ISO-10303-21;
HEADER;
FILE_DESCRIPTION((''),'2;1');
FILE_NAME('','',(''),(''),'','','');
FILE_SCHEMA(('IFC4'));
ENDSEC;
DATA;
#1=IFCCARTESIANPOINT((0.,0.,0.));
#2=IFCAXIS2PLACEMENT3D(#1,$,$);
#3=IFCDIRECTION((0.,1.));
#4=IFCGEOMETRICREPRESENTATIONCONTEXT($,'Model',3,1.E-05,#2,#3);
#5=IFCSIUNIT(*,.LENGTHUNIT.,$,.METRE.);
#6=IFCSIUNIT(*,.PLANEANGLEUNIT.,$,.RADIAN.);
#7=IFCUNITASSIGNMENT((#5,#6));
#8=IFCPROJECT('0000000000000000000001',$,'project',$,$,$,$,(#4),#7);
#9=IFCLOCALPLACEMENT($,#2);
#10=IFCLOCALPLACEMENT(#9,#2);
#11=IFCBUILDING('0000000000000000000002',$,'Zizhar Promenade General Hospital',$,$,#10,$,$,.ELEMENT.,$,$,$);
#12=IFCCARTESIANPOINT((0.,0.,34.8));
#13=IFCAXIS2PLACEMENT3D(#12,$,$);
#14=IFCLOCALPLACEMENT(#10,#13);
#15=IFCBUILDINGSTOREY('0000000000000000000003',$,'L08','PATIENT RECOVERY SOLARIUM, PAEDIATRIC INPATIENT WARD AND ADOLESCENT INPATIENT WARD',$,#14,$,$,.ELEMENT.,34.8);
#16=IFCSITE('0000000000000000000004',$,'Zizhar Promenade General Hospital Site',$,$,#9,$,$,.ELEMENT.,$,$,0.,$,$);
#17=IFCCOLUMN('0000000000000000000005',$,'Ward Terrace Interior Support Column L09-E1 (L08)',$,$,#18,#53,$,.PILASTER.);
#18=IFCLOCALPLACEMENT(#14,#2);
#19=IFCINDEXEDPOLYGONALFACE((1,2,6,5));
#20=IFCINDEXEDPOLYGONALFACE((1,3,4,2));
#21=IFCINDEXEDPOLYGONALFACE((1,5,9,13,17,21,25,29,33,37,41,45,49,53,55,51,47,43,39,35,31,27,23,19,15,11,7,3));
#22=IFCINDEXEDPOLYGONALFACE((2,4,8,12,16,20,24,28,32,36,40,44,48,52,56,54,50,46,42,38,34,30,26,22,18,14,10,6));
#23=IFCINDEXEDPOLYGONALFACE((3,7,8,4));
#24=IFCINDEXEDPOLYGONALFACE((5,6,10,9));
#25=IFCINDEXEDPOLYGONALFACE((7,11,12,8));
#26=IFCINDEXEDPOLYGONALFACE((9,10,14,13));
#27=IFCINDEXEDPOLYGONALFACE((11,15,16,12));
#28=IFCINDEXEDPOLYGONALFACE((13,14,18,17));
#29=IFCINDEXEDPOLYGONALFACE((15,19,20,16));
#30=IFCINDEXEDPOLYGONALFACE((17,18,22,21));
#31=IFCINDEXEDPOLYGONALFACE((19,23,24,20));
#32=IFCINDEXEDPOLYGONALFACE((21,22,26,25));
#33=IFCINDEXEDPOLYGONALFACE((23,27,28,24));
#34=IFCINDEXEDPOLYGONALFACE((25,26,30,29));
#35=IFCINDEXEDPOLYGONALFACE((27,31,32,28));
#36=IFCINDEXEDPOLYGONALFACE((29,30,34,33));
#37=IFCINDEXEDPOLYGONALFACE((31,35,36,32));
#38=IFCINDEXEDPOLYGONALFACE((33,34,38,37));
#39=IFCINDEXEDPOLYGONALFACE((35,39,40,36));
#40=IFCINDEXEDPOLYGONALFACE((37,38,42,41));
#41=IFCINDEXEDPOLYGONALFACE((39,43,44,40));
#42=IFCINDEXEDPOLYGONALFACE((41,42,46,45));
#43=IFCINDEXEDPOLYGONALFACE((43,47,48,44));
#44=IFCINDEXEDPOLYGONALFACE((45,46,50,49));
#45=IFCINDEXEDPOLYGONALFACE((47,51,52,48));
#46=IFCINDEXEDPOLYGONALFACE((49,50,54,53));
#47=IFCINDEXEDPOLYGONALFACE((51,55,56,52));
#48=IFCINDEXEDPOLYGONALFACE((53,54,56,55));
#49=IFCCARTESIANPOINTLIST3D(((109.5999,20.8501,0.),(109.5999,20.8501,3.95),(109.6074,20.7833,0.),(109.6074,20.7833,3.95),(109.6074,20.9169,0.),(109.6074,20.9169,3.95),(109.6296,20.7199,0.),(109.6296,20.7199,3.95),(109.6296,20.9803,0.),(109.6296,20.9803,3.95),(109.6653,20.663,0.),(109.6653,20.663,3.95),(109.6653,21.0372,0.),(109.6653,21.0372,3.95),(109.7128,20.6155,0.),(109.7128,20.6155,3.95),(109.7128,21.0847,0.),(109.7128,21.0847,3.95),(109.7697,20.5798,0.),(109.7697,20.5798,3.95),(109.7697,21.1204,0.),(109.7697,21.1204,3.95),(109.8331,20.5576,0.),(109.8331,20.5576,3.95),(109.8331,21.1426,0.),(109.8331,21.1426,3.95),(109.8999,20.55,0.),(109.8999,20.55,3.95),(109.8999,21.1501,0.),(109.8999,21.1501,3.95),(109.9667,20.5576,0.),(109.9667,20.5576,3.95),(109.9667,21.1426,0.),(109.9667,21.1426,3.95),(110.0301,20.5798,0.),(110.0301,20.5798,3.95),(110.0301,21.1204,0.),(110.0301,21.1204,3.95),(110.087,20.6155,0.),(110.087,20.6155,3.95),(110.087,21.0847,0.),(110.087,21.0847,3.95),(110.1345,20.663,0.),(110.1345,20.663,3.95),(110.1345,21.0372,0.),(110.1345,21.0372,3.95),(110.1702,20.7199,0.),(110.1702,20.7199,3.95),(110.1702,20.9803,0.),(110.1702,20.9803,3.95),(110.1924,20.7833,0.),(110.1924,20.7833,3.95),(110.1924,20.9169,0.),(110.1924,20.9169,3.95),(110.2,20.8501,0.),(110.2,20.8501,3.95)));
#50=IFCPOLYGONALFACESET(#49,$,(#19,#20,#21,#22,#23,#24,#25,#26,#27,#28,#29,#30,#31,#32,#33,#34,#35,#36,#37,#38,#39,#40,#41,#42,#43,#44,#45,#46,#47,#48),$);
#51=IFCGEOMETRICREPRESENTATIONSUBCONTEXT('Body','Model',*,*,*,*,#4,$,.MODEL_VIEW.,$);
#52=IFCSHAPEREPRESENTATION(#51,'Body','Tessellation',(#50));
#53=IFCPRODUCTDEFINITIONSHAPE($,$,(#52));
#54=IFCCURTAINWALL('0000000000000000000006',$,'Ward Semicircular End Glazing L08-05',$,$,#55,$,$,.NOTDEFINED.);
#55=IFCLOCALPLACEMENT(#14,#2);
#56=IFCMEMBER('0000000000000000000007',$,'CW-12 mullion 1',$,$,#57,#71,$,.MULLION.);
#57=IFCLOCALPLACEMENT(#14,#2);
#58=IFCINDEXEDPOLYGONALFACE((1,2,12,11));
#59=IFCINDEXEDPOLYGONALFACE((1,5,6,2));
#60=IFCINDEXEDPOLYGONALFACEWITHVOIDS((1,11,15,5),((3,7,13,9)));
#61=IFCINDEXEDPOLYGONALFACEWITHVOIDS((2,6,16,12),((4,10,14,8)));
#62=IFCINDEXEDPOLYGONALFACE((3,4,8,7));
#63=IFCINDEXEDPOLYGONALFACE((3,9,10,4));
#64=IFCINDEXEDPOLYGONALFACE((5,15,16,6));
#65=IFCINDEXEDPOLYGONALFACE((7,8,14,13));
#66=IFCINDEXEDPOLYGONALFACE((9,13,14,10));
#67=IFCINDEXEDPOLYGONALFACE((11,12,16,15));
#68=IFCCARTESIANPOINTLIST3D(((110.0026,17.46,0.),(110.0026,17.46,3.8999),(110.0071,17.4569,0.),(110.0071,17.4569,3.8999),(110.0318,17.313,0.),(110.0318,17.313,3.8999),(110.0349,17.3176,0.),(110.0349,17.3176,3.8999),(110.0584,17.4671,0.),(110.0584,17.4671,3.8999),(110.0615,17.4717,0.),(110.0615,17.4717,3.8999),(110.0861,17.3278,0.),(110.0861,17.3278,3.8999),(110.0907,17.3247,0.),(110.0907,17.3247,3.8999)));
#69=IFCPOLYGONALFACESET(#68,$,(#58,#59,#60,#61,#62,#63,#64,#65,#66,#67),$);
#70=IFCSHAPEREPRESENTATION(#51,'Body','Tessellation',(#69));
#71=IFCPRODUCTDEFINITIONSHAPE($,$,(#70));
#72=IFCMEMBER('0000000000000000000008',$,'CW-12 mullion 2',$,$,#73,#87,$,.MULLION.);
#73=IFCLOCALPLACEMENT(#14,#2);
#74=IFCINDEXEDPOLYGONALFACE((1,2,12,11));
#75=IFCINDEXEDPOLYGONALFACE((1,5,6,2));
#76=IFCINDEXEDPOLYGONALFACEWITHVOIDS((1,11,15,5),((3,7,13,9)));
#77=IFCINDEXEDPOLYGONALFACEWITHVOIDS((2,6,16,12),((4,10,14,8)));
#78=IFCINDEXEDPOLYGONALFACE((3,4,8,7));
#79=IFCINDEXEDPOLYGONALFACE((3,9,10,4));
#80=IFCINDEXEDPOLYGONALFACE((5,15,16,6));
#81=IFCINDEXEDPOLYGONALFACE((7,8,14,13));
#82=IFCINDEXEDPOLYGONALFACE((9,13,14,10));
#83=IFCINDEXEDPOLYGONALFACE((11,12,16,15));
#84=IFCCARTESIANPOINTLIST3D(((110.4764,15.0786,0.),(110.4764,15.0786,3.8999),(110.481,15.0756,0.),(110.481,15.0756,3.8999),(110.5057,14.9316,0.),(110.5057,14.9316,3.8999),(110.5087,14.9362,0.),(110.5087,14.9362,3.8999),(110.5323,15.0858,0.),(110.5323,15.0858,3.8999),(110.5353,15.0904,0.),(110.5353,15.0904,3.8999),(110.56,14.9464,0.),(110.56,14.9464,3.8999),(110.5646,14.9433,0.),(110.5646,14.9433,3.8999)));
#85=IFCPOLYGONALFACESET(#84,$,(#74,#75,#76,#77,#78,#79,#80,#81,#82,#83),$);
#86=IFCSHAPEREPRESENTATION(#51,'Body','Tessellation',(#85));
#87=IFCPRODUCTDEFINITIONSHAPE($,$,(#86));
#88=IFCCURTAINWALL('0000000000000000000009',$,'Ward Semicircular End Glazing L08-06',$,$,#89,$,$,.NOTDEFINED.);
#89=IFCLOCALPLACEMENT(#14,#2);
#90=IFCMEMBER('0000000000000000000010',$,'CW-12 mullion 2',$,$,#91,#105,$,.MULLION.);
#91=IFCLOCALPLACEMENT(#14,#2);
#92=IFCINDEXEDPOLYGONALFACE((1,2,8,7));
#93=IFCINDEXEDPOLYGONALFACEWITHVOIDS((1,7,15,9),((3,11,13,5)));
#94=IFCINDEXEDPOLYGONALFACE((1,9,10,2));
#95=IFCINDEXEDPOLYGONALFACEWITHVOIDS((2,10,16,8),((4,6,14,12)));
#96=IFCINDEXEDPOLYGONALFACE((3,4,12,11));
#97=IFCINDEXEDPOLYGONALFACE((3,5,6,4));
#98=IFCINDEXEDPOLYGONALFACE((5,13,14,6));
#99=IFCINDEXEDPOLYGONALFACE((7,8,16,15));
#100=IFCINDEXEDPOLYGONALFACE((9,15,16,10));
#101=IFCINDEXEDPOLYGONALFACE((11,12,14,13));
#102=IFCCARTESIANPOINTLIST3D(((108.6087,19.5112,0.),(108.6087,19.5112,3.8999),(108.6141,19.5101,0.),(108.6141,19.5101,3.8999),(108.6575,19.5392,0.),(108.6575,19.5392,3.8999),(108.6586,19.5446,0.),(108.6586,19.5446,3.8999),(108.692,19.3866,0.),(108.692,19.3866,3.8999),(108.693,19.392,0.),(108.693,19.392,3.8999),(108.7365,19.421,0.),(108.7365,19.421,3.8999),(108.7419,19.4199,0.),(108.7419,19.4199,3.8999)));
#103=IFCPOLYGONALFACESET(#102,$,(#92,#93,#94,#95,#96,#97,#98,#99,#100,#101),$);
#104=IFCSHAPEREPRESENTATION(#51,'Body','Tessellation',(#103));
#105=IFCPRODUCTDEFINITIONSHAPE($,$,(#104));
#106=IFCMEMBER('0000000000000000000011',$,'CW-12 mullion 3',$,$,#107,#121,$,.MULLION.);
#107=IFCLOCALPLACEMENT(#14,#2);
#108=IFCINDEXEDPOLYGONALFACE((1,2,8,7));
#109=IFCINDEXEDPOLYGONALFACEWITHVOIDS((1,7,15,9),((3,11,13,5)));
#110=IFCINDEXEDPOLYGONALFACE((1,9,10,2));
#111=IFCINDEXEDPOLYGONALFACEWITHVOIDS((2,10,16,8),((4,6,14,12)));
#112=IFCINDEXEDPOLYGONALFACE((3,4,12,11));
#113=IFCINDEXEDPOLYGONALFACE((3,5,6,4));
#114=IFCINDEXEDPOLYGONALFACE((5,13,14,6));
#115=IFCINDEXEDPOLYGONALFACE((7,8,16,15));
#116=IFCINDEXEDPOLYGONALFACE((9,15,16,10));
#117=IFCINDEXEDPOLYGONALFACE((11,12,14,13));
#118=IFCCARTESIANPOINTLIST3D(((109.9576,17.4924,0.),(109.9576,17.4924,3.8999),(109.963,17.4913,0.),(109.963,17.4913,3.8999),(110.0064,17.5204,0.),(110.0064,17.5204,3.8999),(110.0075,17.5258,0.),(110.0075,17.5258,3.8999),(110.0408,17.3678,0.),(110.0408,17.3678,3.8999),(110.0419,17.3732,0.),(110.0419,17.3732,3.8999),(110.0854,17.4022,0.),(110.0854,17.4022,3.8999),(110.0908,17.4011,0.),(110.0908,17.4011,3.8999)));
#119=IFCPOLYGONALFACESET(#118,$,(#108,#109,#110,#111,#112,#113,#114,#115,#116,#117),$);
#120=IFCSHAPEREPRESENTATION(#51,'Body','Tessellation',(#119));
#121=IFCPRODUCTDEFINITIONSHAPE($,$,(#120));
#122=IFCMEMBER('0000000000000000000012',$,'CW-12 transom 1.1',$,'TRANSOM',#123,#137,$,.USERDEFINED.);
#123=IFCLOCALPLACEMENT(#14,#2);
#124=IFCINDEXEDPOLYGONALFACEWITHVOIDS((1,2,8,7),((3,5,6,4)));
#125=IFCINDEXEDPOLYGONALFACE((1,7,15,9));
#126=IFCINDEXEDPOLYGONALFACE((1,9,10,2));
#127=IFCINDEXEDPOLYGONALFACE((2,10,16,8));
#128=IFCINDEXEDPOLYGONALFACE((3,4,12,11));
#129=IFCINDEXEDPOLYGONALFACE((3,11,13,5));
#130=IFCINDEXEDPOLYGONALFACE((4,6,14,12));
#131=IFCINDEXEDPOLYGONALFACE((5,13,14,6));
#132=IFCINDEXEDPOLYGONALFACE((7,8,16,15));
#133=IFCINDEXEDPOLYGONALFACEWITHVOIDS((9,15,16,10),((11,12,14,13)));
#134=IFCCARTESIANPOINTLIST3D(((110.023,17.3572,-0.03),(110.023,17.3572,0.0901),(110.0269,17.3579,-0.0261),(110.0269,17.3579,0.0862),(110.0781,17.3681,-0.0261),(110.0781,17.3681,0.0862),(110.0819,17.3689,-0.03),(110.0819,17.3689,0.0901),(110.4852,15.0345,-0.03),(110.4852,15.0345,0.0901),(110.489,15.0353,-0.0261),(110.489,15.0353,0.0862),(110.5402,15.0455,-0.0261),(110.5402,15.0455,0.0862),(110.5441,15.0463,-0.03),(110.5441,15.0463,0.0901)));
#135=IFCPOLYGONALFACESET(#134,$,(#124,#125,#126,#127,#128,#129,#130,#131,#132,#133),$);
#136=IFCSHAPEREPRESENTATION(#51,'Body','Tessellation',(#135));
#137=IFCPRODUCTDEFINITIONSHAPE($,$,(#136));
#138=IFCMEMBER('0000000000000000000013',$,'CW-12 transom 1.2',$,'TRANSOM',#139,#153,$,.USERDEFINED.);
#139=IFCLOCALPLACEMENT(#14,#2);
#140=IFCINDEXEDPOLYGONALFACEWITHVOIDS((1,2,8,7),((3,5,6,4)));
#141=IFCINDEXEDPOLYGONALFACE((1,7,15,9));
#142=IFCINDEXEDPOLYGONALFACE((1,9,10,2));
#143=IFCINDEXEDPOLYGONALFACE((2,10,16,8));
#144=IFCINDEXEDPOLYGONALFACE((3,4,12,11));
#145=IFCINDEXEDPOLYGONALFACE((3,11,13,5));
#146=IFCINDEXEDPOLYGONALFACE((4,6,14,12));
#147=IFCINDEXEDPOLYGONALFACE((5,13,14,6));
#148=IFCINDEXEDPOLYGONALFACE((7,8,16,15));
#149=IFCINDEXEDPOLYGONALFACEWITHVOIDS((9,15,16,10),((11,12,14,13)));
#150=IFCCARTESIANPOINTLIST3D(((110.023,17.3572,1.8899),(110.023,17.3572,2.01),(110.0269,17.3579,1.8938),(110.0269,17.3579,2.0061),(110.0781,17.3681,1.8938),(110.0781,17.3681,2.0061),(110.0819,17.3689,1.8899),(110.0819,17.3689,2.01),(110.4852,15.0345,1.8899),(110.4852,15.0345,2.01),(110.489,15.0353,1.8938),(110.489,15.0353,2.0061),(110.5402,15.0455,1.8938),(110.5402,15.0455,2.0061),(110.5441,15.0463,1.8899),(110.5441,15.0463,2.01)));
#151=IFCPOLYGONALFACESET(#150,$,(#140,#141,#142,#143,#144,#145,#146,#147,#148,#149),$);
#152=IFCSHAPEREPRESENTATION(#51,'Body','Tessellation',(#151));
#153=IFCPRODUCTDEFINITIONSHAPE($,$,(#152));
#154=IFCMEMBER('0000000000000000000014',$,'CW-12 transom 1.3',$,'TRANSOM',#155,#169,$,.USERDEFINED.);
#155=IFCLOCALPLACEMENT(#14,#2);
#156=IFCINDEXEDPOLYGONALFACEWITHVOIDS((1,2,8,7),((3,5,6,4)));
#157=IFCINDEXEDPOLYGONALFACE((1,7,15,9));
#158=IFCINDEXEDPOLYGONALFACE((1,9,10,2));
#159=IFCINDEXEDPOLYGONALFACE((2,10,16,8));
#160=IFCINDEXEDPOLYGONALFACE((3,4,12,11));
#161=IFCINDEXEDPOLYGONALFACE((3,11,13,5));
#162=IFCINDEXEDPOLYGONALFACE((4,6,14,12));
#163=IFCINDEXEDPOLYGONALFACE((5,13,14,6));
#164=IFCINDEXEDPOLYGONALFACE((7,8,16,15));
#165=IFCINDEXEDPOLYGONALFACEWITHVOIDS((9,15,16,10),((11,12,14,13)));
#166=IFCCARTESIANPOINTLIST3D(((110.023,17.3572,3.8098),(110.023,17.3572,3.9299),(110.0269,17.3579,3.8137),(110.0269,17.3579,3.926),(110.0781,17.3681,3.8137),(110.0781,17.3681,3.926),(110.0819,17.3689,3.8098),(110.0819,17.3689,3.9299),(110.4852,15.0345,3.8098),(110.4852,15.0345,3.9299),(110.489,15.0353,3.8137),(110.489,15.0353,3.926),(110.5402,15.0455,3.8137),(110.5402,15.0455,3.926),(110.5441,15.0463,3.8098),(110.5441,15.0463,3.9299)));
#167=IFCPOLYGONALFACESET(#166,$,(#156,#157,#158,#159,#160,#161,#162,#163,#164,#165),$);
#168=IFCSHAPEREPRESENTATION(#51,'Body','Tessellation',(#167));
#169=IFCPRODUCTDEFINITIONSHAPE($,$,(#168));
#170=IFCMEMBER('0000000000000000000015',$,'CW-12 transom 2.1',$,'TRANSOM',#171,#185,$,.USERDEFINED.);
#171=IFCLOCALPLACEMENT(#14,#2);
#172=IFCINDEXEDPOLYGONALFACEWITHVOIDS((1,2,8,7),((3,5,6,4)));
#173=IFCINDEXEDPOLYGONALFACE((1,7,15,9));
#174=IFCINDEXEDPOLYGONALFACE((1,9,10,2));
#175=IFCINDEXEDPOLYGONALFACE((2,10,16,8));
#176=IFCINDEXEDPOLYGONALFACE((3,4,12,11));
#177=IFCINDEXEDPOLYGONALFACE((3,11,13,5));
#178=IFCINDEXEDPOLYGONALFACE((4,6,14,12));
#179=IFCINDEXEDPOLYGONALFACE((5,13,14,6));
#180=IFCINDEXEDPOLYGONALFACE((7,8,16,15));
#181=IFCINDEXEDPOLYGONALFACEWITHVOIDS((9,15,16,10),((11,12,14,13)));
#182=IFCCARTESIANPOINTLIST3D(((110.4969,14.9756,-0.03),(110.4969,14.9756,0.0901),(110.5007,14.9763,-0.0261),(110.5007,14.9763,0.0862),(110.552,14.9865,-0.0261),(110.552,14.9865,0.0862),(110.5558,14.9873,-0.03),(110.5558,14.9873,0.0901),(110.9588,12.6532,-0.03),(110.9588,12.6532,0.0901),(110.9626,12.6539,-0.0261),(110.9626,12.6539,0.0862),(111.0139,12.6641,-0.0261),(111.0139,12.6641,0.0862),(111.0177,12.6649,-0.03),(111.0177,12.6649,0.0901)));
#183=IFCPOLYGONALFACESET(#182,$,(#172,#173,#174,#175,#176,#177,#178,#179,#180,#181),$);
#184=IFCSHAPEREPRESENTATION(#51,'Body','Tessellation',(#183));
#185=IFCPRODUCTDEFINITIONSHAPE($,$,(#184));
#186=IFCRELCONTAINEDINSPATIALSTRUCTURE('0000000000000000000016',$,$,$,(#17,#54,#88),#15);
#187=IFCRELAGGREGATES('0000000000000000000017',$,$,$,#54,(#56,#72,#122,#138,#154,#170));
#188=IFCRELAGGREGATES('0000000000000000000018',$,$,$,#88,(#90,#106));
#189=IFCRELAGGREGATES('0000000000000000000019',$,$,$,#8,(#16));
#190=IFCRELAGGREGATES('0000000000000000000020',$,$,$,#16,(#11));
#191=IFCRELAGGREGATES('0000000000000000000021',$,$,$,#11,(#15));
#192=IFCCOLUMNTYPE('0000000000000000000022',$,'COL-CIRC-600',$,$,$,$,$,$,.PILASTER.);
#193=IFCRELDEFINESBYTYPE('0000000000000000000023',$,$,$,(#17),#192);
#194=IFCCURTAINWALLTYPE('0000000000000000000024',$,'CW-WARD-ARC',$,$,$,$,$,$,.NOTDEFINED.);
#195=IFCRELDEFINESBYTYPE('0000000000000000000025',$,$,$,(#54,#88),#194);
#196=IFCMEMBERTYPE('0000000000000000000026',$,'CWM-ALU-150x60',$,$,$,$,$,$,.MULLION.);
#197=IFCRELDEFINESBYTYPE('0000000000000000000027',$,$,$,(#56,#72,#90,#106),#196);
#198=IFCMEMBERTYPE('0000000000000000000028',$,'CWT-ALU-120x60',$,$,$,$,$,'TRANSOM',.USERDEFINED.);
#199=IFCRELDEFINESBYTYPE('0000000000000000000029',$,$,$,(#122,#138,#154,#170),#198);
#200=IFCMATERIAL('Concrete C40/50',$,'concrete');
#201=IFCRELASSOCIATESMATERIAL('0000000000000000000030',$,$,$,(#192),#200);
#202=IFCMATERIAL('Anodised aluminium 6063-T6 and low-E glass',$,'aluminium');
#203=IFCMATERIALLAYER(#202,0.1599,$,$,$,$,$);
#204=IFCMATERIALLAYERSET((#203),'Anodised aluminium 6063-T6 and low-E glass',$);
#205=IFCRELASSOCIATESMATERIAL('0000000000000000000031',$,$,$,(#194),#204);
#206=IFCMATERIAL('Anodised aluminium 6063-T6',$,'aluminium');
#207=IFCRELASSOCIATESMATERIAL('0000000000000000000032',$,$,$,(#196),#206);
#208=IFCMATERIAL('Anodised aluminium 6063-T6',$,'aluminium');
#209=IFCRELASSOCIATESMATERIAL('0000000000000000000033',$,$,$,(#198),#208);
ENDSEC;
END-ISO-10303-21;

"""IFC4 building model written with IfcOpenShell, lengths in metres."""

from ifc_helpers import new_model, si_unit, direction, frame, origin, origin_2d, place, context, subcontext, project, spatial, hollow_rectangle, circle, extrude, material, layer, layer_set, material_profile, profile_set, type_object, element, aggregate, save


model = new_model("IFC4")

# Units and contexts
model_context = context("Model", 3, precision=1e-05, world=origin(), true_north=direction((0.0, 1.0)))
body_context = subcontext(model_context, "Body", "Model", "MODEL_VIEW")
ifc_project = project(units=[si_unit("LENGTHUNIT", "METRE"), si_unit("PLANEANGLEUNIT", "RADIAN")], contexts=[model_context])

# Site, building, storey
site_placement = place(None, origin())
site = spatial("IfcSite", under=ifc_project, at=site_placement, Name="Zizhar Promenade General Hospital Site", CompositionType="ELEMENT", RefElevation=0.0)
building_placement = place(site_placement, origin())
building = spatial("IfcBuilding", under=site, at=building_placement, Name="Zizhar Promenade General Hospital", CompositionType="ELEMENT")
storey_placement = place(building_placement, frame((0.0, 0.0, 34.8)))
storey = spatial("IfcBuildingStorey", under=building, at=storey_placement, Name="L08", Description="PATIENT RECOVERY SOLARIUM, PAEDIATRIC INPATIENT WARD AND ADOLESCENT INPATIENT WARD", CompositionType="ELEMENT", Elevation=34.8)

# Column
ifc_material_1 = material(Name="Concrete C40/50", Category="concrete")
ifc_material_profile_1 = material_profile(ifc_material_1, circle(Radius=0.3, at=origin_2d()))
ifc_profile_set_1 = profile_set([ifc_material_profile_1], Name="Concrete C40/50")
column_type = type_object("IfcColumnType", Name="COL-CIRC-600", PredefinedType="PILASTER", material=ifc_profile_set_1)
column_placement = place(storey_placement, frame((109.8999, 20.8501, 0.0), z_axis=(0.0, 0.0, 1.0), x_axis=(1.0, 0.0, 0.0)))
element("IfcColumn", 1, at=column_placement, inside=storey, type_object=column_type, Name="Ward Terrace Interior Support Column L09-E1 (L08)", PredefinedType="PILASTER", context=body_context, shape_type="SweptSolid", body=[
    extrude(circle(Radius=0.3, at=origin_2d()), origin(), (0.0, 0.0, 1.0), 3.95),
])

# Curtain walls, members
ifc_material_2 = material(Name="Anodised aluminium 6063-T6 and low-E glass", Category="aluminium")
ifc_layer_1 = layer(ifc_material_2, 0.1599)
ifc_layer_set_1 = layer_set([ifc_layer_1], Name="Anodised aluminium 6063-T6 and low-E glass")
curtain_wall_type = type_object("IfcCurtainWallType", Name="CW-WARD-ARC", PredefinedType="NOTDEFINED", material=ifc_layer_set_1)
curtain_wall_1_placement = place(storey_placement, origin())
curtain_wall_1 = element("IfcCurtainWall", 2, at=curtain_wall_1_placement, inside=storey, type_object=curtain_wall_type, Name="Ward Semicircular End Glazing L08-05", PredefinedType="NOTDEFINED")
ifc_material_3 = material(Name="Anodised aluminium 6063-T6", Category="aluminium")
ifc_material_profile_2 = material_profile(ifc_material_3, hollow_rectangle(XDim=0.0601, YDim=0.1499, WallThickness=0.0039, at=origin_2d()))
ifc_profile_set_2 = profile_set([ifc_material_profile_2], Name="Anodised aluminium 6063-T6")
member_type_1 = type_object("IfcMemberType", Name="CWM-ALU-150x60", PredefinedType="MULLION", material=ifc_profile_set_2)
member_1_placement = place(storey_placement, frame((110.0466, 17.3923, 0.0), z_axis=(0.0, 0.0, 1.0), x_axis=(0.980786, 0.195087, 0.0)))
member_1 = element("IfcMember", 3, at=member_1_placement, type_object=member_type_1, Name="CW-12 mullion 1", PredefinedType="MULLION", context=body_context, shape_type="SweptSolid", body=[
    extrude(hollow_rectangle(XDim=0.0601, YDim=0.1499, WallThickness=0.0039, at=origin_2d()), origin(), (0.0, 0.0, 1.0), 3.8999),
])
member_2_placement = place(storey_placement, frame((110.5205, 15.011, 0.0), z_axis=(0.0, 0.0, 1.0), x_axis=(0.980786, 0.195087, 0.0)))
member_2 = element("IfcMember", 4, at=member_2_placement, type_object=member_type_1, Name="CW-12 mullion 2", PredefinedType="MULLION", context=body_context, shape_type="SweptSolid", body=[
    extrude(hollow_rectangle(XDim=0.0601, YDim=0.1499, WallThickness=0.0039, at=origin_2d()), origin(), (0.0, 0.0, 1.0), 3.8999),
])
curtain_wall_2_placement = place(storey_placement, origin())
curtain_wall_2 = element("IfcCurtainWall", 5, at=curtain_wall_2_placement, inside=storey, type_object=curtain_wall_type, Name="Ward Semicircular End Glazing L08-06", PredefinedType="NOTDEFINED")
member_3_placement = place(storey_placement, frame((108.6753, 19.4656, 0.0), z_axis=(0.0, 0.0, 1.0), x_axis=(0.831462, 0.555582, 0.0)))
member_3 = element("IfcMember", 6, at=member_3_placement, type_object=member_type_1, Name="CW-12 mullion 2", PredefinedType="MULLION", context=body_context, shape_type="SweptSolid", body=[
    extrude(hollow_rectangle(XDim=0.0601, YDim=0.1499, WallThickness=0.0039, at=origin_2d()), origin(), (0.0, 0.0, 1.0), 3.8999),
])
member_4_placement = place(storey_placement, frame((110.0242, 17.4468, 0.0), z_axis=(0.0, 0.0, 1.0), x_axis=(0.831462, 0.555582, 0.0)))
member_4 = element("IfcMember", 7, at=member_4_placement, type_object=member_type_1, Name="CW-12 mullion 3", PredefinedType="MULLION", context=body_context, shape_type="SweptSolid", body=[
    extrude(hollow_rectangle(XDim=0.0601, YDim=0.1499, WallThickness=0.0039, at=origin_2d()), origin(), (0.0, 0.0, 1.0), 3.8999),
])

# Members
ifc_material_4 = material(Name="Anodised aluminium 6063-T6", Category="aluminium")
ifc_material_profile_3 = material_profile(ifc_material_4, hollow_rectangle(XDim=0.0601, YDim=0.1201, WallThickness=0.0039, at=origin_2d()))
ifc_profile_set_3 = profile_set([ifc_material_profile_3], Name="Anodised aluminium 6063-T6")
member_type_2 = type_object("IfcMemberType", Name="CWT-ALU-120x60", ElementType="TRANSOM", PredefinedType="USERDEFINED", material=ifc_profile_set_3)
member_5_placement = place(storey_placement, frame((110.0525, 17.363, 0.03), z_axis=(0.195145, -0.980774, 0.0), x_axis=(0.980774, 0.195145, 0.0)))
member_5 = element("IfcMember", 8, at=member_5_placement, type_object=member_type_2, Name="CW-12 transom 1.1", ObjectType="TRANSOM", PredefinedType="USERDEFINED", context=body_context, shape_type="SweptSolid", body=[
    extrude(hollow_rectangle(XDim=0.0601, YDim=0.1201, WallThickness=0.0039, at=origin_2d()), origin(), (0.0, 0.0, 1.0), 2.3682),
])
member_6_placement = place(storey_placement, frame((110.0525, 17.363, 1.95), z_axis=(0.195145, -0.980774, 0.0), x_axis=(0.980774, 0.195145, 0.0)))
member_6 = element("IfcMember", 9, at=member_6_placement, type_object=member_type_2, Name="CW-12 transom 1.2", ObjectType="TRANSOM", PredefinedType="USERDEFINED", context=body_context, shape_type="SweptSolid", body=[
    extrude(hollow_rectangle(XDim=0.0601, YDim=0.1201, WallThickness=0.0039, at=origin_2d()), origin(), (0.0, 0.0, 1.0), 2.3682),
])
member_7_placement = place(storey_placement, frame((110.0525, 17.363, 3.8699), z_axis=(0.195145, -0.980774, 0.0), x_axis=(0.980774, 0.195145, 0.0)))
member_7 = element("IfcMember", 10, at=member_7_placement, type_object=member_type_2, Name="CW-12 transom 1.3", ObjectType="TRANSOM", PredefinedType="USERDEFINED", context=body_context, shape_type="SweptSolid", body=[
    extrude(hollow_rectangle(XDim=0.0601, YDim=0.1201, WallThickness=0.0039, at=origin_2d()), origin(), (0.0, 0.0, 1.0), 2.3682),
])
member_8_placement = place(storey_placement, frame((110.5264, 14.9814, 0.03), z_axis=(0.195065, -0.98079, 0.0), x_axis=(0.98079, 0.195065, 0.0)))
member_8 = element("IfcMember", 11, at=member_8_placement, type_object=member_type_2, Name="CW-12 transom 2.1", ObjectType="TRANSOM", PredefinedType="USERDEFINED", context=body_context, shape_type="SweptSolid", body=[
    extrude(hollow_rectangle(XDim=0.0601, YDim=0.1201, WallThickness=0.0039, at=origin_2d()), origin(), (0.0, 0.0, 1.0), 2.3679),
])

aggregate(curtain_wall_1, [member_1, member_2, member_5, member_6, member_7, member_8])
aggregate(curtain_wall_2, [member_3, member_4])

save(model, "model.ifc")
